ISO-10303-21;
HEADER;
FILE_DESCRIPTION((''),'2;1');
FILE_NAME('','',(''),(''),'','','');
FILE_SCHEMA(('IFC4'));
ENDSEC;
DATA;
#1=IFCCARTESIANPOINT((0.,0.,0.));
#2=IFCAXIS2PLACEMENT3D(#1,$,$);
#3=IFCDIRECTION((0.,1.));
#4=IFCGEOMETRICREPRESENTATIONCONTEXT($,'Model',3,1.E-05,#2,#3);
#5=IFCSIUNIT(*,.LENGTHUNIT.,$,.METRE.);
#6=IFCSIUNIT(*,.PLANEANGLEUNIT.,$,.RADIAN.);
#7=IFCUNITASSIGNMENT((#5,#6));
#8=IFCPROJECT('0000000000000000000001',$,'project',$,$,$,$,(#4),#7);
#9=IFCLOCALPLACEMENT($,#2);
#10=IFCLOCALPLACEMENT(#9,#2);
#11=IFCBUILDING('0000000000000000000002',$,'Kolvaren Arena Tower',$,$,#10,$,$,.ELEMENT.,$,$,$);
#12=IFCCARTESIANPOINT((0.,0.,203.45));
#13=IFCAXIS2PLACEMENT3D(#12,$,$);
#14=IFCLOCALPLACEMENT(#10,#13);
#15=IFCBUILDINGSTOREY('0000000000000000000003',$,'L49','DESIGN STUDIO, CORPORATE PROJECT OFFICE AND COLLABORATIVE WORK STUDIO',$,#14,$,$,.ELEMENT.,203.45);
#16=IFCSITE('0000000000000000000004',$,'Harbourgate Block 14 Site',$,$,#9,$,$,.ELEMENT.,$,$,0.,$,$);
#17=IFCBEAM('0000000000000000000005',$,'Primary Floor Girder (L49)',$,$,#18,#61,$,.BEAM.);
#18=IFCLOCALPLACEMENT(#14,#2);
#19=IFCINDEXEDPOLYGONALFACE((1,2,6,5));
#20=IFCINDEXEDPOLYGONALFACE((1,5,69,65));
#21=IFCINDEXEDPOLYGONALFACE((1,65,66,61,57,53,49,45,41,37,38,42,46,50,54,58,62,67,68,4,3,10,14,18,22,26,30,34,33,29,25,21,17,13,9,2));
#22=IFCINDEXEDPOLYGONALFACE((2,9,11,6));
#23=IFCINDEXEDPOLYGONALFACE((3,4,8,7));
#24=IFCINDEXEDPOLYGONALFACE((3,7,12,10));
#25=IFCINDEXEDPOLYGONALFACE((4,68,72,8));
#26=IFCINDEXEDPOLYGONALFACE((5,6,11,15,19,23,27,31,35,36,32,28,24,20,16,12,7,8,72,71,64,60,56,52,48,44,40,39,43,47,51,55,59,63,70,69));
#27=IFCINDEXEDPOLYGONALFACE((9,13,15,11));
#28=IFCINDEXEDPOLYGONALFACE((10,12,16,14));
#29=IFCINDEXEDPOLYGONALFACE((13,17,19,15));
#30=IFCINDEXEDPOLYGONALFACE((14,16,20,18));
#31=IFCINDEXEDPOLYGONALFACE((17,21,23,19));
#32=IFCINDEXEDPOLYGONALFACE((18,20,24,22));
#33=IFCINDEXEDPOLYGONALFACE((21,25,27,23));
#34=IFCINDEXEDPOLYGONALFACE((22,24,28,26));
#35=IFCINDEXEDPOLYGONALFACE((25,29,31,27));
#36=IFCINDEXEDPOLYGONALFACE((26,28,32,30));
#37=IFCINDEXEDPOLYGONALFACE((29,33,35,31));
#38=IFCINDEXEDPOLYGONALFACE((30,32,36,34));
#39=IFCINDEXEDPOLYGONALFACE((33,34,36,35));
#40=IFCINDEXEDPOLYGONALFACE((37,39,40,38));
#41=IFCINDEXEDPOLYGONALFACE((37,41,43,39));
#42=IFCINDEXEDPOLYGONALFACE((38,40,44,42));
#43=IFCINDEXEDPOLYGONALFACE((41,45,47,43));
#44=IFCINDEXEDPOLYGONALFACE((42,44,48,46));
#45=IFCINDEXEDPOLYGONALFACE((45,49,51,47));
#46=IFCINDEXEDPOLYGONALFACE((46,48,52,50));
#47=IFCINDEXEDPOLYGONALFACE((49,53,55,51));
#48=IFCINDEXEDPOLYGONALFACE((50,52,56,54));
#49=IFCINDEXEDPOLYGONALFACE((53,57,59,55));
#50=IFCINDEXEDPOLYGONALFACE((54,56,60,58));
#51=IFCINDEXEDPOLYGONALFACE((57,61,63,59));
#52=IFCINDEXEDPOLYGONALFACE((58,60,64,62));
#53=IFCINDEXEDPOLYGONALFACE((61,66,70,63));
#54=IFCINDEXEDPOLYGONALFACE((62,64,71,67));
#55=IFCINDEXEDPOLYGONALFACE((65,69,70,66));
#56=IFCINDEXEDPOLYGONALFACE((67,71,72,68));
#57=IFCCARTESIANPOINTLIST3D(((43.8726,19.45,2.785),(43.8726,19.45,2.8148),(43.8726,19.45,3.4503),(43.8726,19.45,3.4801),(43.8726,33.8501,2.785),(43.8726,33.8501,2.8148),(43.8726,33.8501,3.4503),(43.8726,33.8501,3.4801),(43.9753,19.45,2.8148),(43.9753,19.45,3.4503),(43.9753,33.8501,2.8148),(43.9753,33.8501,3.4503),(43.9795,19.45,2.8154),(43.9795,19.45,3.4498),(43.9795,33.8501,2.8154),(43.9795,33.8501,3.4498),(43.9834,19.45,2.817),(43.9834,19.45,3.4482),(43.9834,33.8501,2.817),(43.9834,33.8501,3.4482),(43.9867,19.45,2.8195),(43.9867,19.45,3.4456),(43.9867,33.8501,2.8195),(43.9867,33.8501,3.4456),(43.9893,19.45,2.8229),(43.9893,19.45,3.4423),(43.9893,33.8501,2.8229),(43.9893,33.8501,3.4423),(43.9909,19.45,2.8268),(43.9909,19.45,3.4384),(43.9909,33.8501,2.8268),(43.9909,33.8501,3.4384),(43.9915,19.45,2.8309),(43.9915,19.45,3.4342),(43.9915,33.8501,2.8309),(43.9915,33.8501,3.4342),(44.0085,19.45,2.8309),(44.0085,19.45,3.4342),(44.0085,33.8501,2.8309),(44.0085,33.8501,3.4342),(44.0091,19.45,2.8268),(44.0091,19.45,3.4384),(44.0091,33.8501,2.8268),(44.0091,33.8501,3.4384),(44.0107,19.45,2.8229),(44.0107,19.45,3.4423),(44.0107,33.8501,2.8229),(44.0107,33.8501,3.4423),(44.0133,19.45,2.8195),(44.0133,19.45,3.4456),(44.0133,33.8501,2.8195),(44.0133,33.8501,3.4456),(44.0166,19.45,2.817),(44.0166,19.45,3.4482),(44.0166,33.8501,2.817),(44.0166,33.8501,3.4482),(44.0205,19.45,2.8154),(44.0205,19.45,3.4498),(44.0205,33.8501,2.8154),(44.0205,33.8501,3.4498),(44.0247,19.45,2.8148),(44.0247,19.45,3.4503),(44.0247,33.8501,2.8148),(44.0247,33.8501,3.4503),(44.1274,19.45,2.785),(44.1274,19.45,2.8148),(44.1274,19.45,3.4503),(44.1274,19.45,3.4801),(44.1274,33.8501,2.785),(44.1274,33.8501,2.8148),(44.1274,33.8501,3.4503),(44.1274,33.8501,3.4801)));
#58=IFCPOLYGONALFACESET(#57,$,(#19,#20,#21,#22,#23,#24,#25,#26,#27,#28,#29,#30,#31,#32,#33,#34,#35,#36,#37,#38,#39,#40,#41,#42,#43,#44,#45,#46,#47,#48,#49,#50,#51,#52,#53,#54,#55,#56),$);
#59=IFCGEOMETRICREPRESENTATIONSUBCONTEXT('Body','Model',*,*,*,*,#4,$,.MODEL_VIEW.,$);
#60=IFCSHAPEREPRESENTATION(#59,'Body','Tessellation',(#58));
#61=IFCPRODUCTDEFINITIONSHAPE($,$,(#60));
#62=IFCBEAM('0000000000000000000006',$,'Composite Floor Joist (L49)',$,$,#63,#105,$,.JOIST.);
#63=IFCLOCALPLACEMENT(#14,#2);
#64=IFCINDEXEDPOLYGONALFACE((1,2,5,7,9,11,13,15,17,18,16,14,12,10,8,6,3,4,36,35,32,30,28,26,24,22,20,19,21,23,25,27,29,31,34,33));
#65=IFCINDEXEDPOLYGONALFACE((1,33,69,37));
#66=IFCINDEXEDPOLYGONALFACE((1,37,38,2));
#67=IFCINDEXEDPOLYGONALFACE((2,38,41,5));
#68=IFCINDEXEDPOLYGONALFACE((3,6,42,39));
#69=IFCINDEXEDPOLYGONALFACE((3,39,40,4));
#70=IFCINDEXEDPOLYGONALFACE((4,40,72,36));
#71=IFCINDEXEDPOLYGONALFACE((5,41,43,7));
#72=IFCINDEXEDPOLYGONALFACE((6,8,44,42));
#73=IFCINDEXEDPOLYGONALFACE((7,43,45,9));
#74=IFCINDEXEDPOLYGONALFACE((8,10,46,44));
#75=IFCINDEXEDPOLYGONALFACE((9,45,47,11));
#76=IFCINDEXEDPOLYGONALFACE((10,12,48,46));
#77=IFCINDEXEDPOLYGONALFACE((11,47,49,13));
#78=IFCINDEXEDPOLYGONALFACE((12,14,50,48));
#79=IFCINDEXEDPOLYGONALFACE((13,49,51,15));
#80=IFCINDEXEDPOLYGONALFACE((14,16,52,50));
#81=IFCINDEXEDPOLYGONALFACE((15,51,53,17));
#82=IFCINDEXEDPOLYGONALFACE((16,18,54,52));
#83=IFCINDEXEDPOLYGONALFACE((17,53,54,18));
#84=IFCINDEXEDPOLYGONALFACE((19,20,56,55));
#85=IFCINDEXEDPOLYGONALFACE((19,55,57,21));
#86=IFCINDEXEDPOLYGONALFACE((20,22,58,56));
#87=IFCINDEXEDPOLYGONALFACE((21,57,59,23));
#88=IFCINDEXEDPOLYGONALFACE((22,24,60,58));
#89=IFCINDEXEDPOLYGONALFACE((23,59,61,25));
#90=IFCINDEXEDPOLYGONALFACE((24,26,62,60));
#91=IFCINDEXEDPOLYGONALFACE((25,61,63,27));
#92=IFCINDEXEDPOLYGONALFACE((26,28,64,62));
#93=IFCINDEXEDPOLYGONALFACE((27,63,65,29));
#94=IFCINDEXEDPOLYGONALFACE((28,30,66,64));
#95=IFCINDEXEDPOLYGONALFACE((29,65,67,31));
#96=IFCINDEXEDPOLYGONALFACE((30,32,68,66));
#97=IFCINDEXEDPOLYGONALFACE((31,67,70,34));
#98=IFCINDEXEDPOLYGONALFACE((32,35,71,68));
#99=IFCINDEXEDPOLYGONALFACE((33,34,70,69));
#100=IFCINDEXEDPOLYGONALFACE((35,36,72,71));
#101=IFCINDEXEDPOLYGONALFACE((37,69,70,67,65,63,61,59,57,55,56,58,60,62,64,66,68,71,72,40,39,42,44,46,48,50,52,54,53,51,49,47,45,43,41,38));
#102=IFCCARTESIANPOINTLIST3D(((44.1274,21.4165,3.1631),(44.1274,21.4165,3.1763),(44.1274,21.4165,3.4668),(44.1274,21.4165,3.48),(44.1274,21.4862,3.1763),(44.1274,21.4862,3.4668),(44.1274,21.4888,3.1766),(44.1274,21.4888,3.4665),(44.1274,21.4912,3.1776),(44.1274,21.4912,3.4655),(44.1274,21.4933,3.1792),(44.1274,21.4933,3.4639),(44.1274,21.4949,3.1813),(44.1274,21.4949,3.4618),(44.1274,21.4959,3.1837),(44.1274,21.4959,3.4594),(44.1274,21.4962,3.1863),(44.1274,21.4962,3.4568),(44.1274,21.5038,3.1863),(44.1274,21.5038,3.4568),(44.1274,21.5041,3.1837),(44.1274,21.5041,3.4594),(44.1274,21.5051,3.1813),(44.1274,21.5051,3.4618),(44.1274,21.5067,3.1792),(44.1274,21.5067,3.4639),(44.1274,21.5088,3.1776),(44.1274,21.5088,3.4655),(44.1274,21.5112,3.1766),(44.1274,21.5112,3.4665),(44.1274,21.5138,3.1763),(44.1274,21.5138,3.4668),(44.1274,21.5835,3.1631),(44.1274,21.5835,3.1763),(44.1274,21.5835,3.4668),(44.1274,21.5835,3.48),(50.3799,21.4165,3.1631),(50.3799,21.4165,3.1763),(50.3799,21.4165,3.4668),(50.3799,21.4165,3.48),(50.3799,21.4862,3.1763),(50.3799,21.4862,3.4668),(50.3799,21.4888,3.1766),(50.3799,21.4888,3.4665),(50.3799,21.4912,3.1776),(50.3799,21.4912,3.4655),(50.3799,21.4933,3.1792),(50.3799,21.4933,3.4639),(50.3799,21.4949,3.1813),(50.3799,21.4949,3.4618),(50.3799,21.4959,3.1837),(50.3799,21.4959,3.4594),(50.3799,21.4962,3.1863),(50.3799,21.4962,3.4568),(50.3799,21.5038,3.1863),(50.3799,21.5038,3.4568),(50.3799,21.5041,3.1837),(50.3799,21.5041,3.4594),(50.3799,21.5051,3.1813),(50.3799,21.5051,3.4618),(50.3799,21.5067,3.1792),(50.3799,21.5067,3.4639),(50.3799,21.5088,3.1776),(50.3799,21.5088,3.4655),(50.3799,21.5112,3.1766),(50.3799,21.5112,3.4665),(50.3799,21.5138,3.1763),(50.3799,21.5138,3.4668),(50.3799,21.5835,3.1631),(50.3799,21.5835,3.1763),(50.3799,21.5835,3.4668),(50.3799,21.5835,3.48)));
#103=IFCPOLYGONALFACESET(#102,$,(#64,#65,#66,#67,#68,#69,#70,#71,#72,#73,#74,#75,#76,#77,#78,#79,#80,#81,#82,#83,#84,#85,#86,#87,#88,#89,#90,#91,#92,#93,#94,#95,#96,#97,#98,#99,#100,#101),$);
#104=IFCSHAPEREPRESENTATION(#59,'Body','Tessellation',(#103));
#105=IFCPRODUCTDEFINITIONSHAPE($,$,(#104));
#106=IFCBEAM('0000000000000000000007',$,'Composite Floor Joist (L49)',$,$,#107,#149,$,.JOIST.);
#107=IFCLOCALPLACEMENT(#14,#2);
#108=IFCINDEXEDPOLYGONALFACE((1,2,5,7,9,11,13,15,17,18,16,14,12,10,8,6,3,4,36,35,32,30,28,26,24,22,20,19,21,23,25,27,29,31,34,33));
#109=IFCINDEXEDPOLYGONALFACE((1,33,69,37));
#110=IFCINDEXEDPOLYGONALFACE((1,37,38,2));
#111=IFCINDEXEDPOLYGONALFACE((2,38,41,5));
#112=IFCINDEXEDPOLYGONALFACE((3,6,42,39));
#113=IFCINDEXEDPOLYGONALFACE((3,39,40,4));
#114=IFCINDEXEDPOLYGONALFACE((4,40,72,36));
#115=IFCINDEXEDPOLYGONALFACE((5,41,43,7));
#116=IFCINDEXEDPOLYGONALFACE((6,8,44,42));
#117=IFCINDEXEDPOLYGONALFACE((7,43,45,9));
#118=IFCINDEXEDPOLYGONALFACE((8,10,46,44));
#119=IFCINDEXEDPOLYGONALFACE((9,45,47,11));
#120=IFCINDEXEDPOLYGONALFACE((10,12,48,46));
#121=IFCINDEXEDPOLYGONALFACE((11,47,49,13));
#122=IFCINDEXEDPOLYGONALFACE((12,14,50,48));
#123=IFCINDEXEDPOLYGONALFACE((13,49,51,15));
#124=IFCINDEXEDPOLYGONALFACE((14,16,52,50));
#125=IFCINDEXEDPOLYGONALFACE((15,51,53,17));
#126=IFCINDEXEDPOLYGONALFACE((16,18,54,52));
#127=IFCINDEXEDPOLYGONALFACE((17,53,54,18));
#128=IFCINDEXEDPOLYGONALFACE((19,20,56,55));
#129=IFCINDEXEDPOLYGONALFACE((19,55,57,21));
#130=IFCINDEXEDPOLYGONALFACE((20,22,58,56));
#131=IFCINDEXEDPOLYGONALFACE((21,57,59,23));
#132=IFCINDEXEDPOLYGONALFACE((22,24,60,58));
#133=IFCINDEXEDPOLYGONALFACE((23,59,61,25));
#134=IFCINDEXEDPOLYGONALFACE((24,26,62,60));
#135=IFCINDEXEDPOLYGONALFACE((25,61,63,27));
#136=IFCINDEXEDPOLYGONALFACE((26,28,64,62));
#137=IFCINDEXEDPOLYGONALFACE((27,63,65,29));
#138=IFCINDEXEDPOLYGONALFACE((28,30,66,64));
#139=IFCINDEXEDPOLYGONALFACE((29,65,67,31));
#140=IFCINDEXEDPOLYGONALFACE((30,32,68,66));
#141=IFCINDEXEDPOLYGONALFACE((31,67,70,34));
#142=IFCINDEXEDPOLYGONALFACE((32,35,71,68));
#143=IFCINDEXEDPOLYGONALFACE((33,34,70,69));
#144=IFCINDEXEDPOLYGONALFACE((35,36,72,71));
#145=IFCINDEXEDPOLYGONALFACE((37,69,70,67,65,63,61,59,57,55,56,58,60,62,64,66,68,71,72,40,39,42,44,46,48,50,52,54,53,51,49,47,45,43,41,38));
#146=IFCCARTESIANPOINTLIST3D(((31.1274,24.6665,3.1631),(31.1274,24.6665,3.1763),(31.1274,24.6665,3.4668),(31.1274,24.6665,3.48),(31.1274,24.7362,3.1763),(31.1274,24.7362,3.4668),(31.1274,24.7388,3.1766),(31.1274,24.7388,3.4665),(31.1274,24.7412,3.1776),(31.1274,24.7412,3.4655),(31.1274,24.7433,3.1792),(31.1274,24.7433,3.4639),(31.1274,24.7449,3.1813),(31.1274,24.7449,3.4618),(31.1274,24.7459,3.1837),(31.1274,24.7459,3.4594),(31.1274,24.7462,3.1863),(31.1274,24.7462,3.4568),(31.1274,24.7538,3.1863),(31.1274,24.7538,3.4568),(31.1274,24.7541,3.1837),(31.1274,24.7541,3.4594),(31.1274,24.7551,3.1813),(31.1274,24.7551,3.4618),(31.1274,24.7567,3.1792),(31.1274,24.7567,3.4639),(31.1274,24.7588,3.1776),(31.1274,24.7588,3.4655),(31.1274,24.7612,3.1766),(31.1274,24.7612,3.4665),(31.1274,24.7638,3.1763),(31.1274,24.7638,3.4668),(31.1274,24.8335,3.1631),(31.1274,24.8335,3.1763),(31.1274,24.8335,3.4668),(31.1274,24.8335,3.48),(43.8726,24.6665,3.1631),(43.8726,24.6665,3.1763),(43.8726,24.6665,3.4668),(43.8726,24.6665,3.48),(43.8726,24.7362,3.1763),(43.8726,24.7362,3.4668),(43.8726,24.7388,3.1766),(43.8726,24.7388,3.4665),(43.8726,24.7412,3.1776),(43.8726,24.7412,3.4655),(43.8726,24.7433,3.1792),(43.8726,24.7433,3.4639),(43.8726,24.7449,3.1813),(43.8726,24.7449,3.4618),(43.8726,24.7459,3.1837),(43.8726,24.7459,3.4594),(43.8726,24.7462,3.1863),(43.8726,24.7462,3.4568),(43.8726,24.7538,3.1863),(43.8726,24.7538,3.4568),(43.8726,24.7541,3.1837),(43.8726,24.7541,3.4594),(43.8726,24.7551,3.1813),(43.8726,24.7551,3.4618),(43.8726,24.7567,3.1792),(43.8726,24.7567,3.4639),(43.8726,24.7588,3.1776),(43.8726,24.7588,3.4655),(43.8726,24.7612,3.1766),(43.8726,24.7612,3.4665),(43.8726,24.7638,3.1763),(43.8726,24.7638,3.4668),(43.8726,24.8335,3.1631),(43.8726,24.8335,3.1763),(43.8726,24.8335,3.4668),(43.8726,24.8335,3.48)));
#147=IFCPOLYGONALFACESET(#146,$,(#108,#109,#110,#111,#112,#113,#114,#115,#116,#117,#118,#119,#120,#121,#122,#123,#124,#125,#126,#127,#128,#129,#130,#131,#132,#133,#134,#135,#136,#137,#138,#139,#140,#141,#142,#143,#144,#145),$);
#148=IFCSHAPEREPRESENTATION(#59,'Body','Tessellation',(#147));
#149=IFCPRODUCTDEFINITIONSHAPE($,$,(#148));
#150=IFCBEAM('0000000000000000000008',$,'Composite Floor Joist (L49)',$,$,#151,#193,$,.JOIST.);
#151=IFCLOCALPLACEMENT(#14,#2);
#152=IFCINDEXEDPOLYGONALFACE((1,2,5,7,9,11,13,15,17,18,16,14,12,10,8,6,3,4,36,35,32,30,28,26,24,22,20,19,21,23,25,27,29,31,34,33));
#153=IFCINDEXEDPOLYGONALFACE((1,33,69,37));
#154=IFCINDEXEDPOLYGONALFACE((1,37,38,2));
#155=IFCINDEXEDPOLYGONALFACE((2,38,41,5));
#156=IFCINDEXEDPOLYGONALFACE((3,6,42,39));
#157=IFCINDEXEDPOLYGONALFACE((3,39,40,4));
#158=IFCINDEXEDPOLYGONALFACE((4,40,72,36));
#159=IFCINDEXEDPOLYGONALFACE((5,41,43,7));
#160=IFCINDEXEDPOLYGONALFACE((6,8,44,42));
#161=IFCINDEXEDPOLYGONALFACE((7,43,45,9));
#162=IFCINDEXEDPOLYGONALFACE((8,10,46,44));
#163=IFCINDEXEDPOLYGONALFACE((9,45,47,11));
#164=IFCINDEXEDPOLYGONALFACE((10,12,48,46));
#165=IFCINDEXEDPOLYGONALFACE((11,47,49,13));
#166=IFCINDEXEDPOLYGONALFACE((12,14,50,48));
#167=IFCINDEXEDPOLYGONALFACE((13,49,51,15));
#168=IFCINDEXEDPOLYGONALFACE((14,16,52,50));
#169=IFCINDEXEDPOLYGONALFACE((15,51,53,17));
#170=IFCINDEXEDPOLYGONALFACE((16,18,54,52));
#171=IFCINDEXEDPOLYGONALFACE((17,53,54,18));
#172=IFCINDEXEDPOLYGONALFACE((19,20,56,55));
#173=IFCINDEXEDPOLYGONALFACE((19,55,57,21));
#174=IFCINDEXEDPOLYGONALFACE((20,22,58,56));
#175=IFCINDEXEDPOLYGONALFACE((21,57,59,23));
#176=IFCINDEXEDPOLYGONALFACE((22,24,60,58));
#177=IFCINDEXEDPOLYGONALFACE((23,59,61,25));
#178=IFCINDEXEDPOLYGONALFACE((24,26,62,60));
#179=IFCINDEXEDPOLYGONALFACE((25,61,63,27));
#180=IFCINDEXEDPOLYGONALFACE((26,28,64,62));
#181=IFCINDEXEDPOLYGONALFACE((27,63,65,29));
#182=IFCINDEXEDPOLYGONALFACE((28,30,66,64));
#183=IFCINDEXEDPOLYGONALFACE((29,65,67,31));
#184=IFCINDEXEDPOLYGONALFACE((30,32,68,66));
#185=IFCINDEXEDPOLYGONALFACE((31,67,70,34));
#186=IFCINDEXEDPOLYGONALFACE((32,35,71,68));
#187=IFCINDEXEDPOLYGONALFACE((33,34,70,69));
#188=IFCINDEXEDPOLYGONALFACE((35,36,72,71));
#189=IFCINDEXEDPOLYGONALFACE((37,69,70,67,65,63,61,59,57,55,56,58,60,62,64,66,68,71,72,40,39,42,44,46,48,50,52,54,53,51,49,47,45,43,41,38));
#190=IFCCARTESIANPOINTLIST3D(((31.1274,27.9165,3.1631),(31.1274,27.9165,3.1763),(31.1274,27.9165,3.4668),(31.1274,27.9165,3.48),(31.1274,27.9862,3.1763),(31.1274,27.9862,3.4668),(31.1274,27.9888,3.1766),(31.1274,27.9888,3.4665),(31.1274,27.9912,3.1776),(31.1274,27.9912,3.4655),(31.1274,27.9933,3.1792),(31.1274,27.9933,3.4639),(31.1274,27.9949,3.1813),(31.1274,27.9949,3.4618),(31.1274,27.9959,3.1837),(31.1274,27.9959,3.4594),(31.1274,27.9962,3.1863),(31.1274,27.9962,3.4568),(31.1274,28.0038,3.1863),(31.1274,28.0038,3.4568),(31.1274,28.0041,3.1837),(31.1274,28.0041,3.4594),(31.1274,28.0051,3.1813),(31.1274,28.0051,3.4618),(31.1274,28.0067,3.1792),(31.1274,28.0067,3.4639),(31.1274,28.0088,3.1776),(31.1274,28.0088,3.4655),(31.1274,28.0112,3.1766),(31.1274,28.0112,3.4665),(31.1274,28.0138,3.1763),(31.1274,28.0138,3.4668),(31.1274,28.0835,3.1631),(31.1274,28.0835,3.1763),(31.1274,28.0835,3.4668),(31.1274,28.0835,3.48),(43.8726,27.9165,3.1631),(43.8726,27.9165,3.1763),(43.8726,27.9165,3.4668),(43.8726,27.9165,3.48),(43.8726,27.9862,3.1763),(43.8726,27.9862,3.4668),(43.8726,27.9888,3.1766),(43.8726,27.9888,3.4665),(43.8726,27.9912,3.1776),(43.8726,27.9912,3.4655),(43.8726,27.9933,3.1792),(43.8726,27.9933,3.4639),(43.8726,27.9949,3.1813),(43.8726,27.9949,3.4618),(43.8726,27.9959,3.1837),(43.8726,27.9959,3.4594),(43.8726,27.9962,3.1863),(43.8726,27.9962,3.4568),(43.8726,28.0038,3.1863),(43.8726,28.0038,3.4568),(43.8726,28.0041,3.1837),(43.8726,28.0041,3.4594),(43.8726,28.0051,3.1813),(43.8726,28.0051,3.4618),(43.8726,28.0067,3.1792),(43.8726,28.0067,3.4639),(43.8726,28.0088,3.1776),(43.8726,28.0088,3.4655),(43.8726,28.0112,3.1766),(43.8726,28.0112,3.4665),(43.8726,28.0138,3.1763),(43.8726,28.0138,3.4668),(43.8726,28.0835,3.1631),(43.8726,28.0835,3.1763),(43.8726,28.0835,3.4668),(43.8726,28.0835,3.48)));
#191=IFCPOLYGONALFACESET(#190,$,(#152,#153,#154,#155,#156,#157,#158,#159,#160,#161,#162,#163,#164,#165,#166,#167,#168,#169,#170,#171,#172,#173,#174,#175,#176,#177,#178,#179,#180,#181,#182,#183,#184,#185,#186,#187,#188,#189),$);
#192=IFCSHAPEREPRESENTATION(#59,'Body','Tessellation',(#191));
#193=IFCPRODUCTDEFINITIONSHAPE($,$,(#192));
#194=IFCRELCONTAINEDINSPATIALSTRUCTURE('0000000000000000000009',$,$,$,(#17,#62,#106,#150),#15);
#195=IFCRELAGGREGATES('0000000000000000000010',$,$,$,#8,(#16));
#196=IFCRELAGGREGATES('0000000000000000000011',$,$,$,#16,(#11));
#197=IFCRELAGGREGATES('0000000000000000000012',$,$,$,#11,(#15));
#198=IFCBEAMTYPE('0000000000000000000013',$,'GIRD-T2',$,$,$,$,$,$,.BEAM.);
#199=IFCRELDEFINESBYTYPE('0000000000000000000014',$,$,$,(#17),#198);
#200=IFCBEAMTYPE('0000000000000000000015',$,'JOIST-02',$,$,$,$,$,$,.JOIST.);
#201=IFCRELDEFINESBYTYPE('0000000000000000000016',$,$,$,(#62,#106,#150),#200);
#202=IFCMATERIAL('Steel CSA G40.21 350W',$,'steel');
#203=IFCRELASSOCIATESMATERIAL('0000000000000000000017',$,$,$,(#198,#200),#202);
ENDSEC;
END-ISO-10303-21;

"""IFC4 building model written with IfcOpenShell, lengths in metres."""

from ifc_helpers import new_model, si_unit, direction, frame, origin, origin_2d, place, context, subcontext, project, spatial, i_section, extrude, material, material_profile, profile_set, type_object, element, save


model = new_model("IFC4")

# Units and contexts
model_context = context("Model", 3, precision=1e-05, world=origin(), true_north=direction((0.0, 1.0)))
body_context = subcontext(model_context, "Body", "Model", "MODEL_VIEW")
ifc_project = project(units=[si_unit("LENGTHUNIT", "METRE"), si_unit("PLANEANGLEUNIT", "RADIAN")], contexts=[model_context])

# Site, building, storey
site_placement = place(None, origin())
site = spatial("IfcSite", under=ifc_project, at=site_placement, Name="Harbourgate Block 14 Site", CompositionType="ELEMENT", RefElevation=0.0)
building_placement = place(site_placement, origin())
building = spatial("IfcBuilding", under=site, at=building_placement, Name="Kolvaren Arena Tower", CompositionType="ELEMENT")
storey_placement = place(building_placement, frame((0.0, 0.0, 203.45)))
storey = spatial("IfcBuildingStorey", under=building, at=storey_placement, Name="L49", Description="DESIGN STUDIO, CORPORATE PROJECT OFFICE AND COLLABORATIVE WORK STUDIO", CompositionType="ELEMENT", Elevation=203.45)

# Beams
ifc_material_1 = material(Name="Steel CSA G40.21 350W", Category="steel")
ifc_material_profile_1 = material_profile(ifc_material_1, i_section(OverallWidth=0.2549, OverallDepth=0.6951, WebThickness=0.0171, FlangeThickness=0.0298, FilletRadius=0.0161, at=origin_2d()), Name="W690x217")
ifc_profile_set_1 = profile_set([ifc_material_profile_1], Name="Steel CSA G40.21 350W")
beam_type_1 = type_object("IfcBeamType", Name="GIRD-T2", PredefinedType="BEAM", material=ifc_profile_set_1)
beam_1_placement = place(storey_placement, frame((44.0, 19.45, 3.1326), z_axis=(0.0, 1.0, 0.0), x_axis=(-1.0, 0.0, 0.0)))
element("IfcBeam", 1, at=beam_1_placement, inside=storey, type_object=beam_type_1, Name="Primary Floor Girder (L49)", PredefinedType="BEAM", context=body_context, shape_type="SweptSolid", body=[
    extrude(i_section(OverallWidth=0.2549, OverallDepth=0.6951, WebThickness=0.0171, FlangeThickness=0.0298, FilletRadius=0.0161, at=origin_2d()), origin(), (0.0, 0.0, 1.0), 14.4001),
])
ifc_material_profile_2 = material_profile(ifc_material_1, i_section(OverallWidth=0.167, OverallDepth=0.3169, WebThickness=0.0076, FlangeThickness=0.0132, FilletRadius=0.01, at=origin_2d()), Name="W310x52")
ifc_profile_set_2 = profile_set([ifc_material_profile_2], Name="Steel CSA G40.21 350W")
beam_type_2 = type_object("IfcBeamType", Name="JOIST-02", PredefinedType="JOIST", material=ifc_profile_set_2)
beam_2_placement = place(storey_placement, frame((44.1274, 21.5, 3.3215), z_axis=(1.0, 0.0, 0.0), x_axis=(0.0, 1.0, 0.0)))
element("IfcBeam", 2, at=beam_2_placement, inside=storey, type_object=beam_type_2, Name="Composite Floor Joist (L49)", PredefinedType="JOIST", context=body_context, shape_type="SweptSolid", body=[
    extrude(i_section(OverallWidth=0.167, OverallDepth=0.3169, WebThickness=0.0076, FlangeThickness=0.0132, FilletRadius=0.01, at=origin_2d()), origin(), (0.0, 0.0, 1.0), 6.2524),
])
for number, where, z_axis, x_axis, name in (
    (3, (31.1274, 24.75, 3.3215), (1.0, 0.0, 0.0), (0.0, 1.0, 0.0), "Composite Floor Joist (L49)"),
    (4, (31.1274, 28.0, 3.3215), (1.0, 0.0, 0.0), (0.0, 1.0, 0.0), "Composite Floor Joist (L49)"),
):
    element("IfcBeam", number, at=place(storey_placement, frame(where, z_axis=z_axis, x_axis=x_axis)), inside=storey, type_object=beam_type_2, Name=name, PredefinedType="JOIST", context=body_context, shape_type="SweptSolid", body=[
        extrude(i_section(OverallWidth=0.167, OverallDepth=0.3169, WebThickness=0.0076, FlangeThickness=0.0132, FilletRadius=0.01, at=origin_2d()), origin(), (0.0, 0.0, 1.0), 12.7451),
    ])

save(model, "model.ifc")
